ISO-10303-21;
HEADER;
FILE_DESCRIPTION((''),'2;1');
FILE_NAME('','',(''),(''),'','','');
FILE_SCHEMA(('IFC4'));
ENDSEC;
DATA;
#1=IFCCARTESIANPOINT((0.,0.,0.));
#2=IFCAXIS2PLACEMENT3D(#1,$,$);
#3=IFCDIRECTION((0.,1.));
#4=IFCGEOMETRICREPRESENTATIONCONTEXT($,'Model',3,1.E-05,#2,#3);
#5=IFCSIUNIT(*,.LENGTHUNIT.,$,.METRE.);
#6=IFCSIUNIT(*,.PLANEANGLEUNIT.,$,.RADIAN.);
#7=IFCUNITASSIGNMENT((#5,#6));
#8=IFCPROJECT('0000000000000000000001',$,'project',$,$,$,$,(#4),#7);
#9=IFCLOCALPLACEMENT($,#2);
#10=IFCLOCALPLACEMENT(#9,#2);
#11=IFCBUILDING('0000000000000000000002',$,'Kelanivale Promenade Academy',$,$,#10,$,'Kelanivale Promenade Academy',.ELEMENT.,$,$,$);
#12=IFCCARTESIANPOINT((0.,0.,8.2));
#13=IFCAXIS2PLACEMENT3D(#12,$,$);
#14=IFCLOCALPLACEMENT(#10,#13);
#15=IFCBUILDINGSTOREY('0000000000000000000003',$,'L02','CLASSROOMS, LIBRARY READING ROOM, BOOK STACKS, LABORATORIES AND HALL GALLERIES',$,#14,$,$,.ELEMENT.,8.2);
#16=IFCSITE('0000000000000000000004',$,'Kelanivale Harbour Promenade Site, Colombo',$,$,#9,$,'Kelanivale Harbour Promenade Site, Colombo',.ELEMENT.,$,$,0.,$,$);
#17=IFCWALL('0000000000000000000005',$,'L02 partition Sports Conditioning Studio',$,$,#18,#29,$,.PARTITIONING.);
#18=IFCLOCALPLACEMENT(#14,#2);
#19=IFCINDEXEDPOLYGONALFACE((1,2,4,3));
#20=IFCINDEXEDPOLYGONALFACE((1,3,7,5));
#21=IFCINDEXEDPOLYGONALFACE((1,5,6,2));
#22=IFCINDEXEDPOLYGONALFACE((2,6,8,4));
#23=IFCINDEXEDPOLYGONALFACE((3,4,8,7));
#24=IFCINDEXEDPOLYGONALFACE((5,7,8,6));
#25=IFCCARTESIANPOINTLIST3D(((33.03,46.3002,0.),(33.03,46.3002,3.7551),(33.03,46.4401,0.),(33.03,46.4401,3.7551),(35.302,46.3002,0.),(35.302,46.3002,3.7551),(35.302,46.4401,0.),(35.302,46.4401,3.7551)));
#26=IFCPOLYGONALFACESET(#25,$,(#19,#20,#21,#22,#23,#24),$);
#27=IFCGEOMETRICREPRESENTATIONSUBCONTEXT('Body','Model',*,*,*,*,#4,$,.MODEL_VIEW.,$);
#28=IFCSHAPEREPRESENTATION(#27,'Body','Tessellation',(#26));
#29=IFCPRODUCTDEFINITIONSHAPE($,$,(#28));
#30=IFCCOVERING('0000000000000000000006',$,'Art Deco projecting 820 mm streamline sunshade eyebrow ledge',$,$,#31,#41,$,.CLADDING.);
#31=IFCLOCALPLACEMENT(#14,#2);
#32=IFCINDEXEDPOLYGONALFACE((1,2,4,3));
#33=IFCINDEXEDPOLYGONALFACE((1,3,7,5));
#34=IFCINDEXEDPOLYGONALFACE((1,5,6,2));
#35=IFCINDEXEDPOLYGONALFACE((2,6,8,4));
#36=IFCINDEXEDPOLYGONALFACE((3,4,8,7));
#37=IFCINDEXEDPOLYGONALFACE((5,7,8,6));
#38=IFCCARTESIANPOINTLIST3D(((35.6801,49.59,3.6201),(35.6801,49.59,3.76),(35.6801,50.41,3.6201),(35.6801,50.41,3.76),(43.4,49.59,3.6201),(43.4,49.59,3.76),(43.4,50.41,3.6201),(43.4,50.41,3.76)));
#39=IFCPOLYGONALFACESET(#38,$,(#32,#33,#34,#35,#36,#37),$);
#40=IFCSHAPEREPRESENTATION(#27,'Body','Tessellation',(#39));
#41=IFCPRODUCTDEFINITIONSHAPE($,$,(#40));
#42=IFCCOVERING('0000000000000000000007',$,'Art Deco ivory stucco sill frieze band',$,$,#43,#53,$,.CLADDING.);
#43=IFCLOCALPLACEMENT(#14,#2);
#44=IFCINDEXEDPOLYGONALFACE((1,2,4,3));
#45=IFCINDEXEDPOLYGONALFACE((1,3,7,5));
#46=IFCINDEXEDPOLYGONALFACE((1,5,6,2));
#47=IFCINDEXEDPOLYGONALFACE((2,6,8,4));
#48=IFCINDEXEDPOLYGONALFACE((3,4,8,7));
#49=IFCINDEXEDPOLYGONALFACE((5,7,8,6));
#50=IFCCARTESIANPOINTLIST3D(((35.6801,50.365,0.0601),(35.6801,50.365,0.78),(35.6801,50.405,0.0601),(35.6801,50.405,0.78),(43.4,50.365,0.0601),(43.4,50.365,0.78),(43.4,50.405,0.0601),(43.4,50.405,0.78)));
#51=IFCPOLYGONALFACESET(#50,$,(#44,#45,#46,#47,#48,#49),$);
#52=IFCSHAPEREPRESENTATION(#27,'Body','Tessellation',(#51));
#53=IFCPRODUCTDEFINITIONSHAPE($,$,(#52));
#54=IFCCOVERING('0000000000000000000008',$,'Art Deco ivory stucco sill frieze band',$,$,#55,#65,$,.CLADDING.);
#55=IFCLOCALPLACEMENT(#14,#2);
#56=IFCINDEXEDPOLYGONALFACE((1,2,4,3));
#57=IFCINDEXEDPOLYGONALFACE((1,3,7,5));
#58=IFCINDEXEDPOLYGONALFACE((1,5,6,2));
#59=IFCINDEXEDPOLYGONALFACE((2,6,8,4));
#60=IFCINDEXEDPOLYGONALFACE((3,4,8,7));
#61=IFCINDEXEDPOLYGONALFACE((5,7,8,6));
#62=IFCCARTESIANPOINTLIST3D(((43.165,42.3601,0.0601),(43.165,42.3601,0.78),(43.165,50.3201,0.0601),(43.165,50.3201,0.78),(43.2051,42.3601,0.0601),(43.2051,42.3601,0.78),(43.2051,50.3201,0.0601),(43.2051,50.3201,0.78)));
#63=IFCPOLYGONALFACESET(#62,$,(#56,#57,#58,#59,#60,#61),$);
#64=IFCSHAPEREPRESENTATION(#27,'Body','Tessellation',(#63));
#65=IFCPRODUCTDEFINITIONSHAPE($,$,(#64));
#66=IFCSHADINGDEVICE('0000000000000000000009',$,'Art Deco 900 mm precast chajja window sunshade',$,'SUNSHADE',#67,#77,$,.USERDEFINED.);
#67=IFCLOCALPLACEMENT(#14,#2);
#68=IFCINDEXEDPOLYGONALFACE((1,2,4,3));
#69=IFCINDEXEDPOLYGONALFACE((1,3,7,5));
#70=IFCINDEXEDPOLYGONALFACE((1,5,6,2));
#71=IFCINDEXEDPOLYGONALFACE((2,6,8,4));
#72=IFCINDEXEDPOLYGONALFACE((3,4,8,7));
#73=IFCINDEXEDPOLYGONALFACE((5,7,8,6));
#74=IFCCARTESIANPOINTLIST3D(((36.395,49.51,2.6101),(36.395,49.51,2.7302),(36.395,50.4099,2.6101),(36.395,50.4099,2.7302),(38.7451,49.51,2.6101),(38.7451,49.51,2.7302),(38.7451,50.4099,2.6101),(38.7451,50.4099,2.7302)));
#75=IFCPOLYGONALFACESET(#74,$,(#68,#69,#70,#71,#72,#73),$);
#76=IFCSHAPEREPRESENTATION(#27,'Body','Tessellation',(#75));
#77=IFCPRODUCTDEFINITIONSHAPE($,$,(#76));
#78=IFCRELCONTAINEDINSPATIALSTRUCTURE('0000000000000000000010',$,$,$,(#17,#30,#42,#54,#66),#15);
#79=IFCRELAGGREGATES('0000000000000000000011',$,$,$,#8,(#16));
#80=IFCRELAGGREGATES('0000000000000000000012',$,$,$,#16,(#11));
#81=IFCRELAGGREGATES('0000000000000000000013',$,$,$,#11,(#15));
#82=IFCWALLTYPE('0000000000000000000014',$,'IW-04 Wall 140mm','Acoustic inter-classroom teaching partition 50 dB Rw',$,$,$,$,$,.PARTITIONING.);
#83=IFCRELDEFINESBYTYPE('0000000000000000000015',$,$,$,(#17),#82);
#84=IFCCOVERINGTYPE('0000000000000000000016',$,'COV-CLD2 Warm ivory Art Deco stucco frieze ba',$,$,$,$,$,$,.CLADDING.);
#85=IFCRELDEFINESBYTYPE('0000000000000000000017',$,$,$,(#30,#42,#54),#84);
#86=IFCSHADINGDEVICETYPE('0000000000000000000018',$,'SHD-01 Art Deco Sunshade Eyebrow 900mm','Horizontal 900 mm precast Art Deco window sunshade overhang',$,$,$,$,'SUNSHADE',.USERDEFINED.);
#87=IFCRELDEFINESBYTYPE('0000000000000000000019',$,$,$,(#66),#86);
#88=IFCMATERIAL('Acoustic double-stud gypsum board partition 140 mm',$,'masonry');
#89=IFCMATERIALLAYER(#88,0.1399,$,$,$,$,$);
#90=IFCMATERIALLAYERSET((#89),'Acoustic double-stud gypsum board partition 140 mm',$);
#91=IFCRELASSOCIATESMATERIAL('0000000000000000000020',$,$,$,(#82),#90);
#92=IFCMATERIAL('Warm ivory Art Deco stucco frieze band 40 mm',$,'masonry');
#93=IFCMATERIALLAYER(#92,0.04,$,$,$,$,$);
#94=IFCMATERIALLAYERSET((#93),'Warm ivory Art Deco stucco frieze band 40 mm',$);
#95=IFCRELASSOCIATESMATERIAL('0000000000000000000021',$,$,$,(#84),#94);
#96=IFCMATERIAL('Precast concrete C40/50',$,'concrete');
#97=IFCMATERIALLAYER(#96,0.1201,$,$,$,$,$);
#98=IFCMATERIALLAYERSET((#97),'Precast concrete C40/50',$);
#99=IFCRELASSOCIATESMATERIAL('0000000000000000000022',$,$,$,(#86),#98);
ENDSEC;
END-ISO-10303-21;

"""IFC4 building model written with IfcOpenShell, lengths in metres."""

from ifc_helpers import new_model, si_unit, direction, frame, frame_2d, origin, origin_2d, place, context, subcontext, project, spatial, rectangle, extrude, material, layer, layer_set, type_object, element, save


model = new_model("IFC4")

# Units and contexts
model_context = context("Model", 3, precision=1e-05, world=origin(), true_north=direction((0.0, 1.0)))
body_context = subcontext(model_context, "Body", "Model", "MODEL_VIEW")
ifc_project = project(units=[si_unit("LENGTHUNIT", "METRE"), si_unit("PLANEANGLEUNIT", "RADIAN")], contexts=[model_context])

# Site, building, storey
site_placement = place(None, origin())
site = spatial("IfcSite", under=ifc_project, at=site_placement, Name="Kelanivale Harbour Promenade Site, Colombo", LongName="Kelanivale Harbour Promenade Site, Colombo", CompositionType="ELEMENT", RefElevation=0.0)
building_placement = place(site_placement, origin())
building = spatial("IfcBuilding", under=site, at=building_placement, Name="Kelanivale Promenade Academy", LongName="Kelanivale Promenade Academy", CompositionType="ELEMENT")
storey_placement = place(building_placement, frame((0.0, 0.0, 8.2)))
storey = spatial("IfcBuildingStorey", under=building, at=storey_placement, Name="L02", Description="CLASSROOMS, LIBRARY READING ROOM, BOOK STACKS, LABORATORIES AND HALL GALLERIES", CompositionType="ELEMENT", Elevation=8.2)

# Wall
ifc_material_1 = material(Name="Acoustic double-stud gypsum board partition 140 mm", Category="masonry")
ifc_layer_1 = layer(ifc_material_1, 0.1399)
ifc_layer_set_1 = layer_set([ifc_layer_1], Name="Acoustic double-stud gypsum board partition 140 mm")
wall_type_1 = type_object("IfcWallType", Name="IW-04 Wall 140mm", Description="Acoustic inter-classroom teaching partition 50 dB Rw", PredefinedType="PARTITIONING", material=ifc_layer_set_1)
wall_1_placement = place(storey_placement, frame((35.302, 46.3701, 0.0), z_axis=(0.0, 0.0, 1.0), x_axis=(-1.0, 0.0, 0.0)))
element("IfcWall", 1, at=wall_1_placement, inside=storey, type_object=wall_type_1, Name="L02 partition Sports Conditioning Studio", PredefinedType="PARTITIONING", context=body_context, shape_type="SweptSolid", body=[
    extrude(rectangle(XDim=2.272, YDim=0.1399, at=frame_2d((1.136, 0.0))), origin(), (0.0, 0.0, 1.0), 3.7551),
])

# Coverings
ifc_material_2 = material(Name="Warm ivory Art Deco stucco frieze band 40 mm", Category="masonry")
ifc_layer_2 = layer(ifc_material_2, 0.04)
ifc_layer_set_2 = layer_set([ifc_layer_2], Name="Warm ivory Art Deco stucco frieze band 40 mm")
covering_type = type_object("IfcCoveringType", Name="COV-CLD2 Warm ivory Art Deco stucco frieze ba", PredefinedType="CLADDING", material=ifc_layer_set_2)
covering_1_placement = place(storey_placement, frame((39.54, 50.0, 3.6201), z_axis=(0.0, 0.0, 1.0), x_axis=(1.0, 0.0, 0.0)))
element("IfcCovering", 2, at=covering_1_placement, inside=storey, type_object=covering_type, Name="Art Deco projecting 820 mm streamline sunshade eyebrow ledge", PredefinedType="CLADDING", context=body_context, shape_type="SweptSolid", body=[
    extrude(rectangle(XDim=7.72, YDim=0.8201, at=origin_2d()), origin(), (0.0, 0.0, 1.0), 0.1399),
])
covering_2_placement = place(storey_placement, frame((39.54, 50.385, 0.0601), z_axis=(0.0, 0.0, 1.0), x_axis=(1.0, 0.0, 0.0)))
element("IfcCovering", 3, at=covering_2_placement, inside=storey, type_object=covering_type, Name="Art Deco ivory stucco sill frieze band", PredefinedType="CLADDING", context=body_context, shape_type="SweptSolid", body=[
    extrude(rectangle(XDim=7.72, YDim=0.04, at=origin_2d()), origin(), (0.0, 0.0, 1.0), 0.72),
])
covering_3_placement = place(storey_placement, frame((43.1851, 46.3401, 0.0601), z_axis=(0.0, 0.0, 1.0), x_axis=(0.0, -1.0, 0.0)))
element("IfcCovering", 4, at=covering_3_placement, inside=storey, type_object=covering_type, Name="Art Deco ivory stucco sill frieze band", PredefinedType="CLADDING", context=body_context, shape_type="SweptSolid", body=[
    extrude(rectangle(XDim=7.96, YDim=0.04, at=origin_2d()), origin(), (0.0, 0.0, 1.0), 0.72),
])

# Shading device
ifc_material_3 = material(Name="Precast concrete C40/50", Category="concrete")
ifc_layer_3 = layer(ifc_material_3, 0.1201)
ifc_layer_set_3 = layer_set([ifc_layer_3], Name="Precast concrete C40/50")
shading_device_type = type_object("IfcShadingDeviceType", Name="SHD-01 Art Deco Sunshade Eyebrow 900mm", Description="Horizontal 900 mm precast Art Deco window sunshade overhang", ElementType="SUNSHADE", PredefinedType="USERDEFINED", material=ifc_layer_set_3)
shading_device_placement = place(storey_placement, frame((37.5701, 49.96, 2.6101), z_axis=(0.0, 0.0, 1.0), x_axis=(1.0, 0.0, 0.0)))
element("IfcShadingDevice", 5, at=shading_device_placement, inside=storey, type_object=shading_device_type, Name="Art Deco 900 mm precast chajja window sunshade", ObjectType="SUNSHADE", PredefinedType="USERDEFINED", context=body_context, shape_type="SweptSolid", body=[
    extrude(rectangle(XDim=2.3501, YDim=0.8999, at=origin_2d()), origin(), (0.0, 0.0, 1.0), 0.1201),
])

save(model, "model.ifc")
